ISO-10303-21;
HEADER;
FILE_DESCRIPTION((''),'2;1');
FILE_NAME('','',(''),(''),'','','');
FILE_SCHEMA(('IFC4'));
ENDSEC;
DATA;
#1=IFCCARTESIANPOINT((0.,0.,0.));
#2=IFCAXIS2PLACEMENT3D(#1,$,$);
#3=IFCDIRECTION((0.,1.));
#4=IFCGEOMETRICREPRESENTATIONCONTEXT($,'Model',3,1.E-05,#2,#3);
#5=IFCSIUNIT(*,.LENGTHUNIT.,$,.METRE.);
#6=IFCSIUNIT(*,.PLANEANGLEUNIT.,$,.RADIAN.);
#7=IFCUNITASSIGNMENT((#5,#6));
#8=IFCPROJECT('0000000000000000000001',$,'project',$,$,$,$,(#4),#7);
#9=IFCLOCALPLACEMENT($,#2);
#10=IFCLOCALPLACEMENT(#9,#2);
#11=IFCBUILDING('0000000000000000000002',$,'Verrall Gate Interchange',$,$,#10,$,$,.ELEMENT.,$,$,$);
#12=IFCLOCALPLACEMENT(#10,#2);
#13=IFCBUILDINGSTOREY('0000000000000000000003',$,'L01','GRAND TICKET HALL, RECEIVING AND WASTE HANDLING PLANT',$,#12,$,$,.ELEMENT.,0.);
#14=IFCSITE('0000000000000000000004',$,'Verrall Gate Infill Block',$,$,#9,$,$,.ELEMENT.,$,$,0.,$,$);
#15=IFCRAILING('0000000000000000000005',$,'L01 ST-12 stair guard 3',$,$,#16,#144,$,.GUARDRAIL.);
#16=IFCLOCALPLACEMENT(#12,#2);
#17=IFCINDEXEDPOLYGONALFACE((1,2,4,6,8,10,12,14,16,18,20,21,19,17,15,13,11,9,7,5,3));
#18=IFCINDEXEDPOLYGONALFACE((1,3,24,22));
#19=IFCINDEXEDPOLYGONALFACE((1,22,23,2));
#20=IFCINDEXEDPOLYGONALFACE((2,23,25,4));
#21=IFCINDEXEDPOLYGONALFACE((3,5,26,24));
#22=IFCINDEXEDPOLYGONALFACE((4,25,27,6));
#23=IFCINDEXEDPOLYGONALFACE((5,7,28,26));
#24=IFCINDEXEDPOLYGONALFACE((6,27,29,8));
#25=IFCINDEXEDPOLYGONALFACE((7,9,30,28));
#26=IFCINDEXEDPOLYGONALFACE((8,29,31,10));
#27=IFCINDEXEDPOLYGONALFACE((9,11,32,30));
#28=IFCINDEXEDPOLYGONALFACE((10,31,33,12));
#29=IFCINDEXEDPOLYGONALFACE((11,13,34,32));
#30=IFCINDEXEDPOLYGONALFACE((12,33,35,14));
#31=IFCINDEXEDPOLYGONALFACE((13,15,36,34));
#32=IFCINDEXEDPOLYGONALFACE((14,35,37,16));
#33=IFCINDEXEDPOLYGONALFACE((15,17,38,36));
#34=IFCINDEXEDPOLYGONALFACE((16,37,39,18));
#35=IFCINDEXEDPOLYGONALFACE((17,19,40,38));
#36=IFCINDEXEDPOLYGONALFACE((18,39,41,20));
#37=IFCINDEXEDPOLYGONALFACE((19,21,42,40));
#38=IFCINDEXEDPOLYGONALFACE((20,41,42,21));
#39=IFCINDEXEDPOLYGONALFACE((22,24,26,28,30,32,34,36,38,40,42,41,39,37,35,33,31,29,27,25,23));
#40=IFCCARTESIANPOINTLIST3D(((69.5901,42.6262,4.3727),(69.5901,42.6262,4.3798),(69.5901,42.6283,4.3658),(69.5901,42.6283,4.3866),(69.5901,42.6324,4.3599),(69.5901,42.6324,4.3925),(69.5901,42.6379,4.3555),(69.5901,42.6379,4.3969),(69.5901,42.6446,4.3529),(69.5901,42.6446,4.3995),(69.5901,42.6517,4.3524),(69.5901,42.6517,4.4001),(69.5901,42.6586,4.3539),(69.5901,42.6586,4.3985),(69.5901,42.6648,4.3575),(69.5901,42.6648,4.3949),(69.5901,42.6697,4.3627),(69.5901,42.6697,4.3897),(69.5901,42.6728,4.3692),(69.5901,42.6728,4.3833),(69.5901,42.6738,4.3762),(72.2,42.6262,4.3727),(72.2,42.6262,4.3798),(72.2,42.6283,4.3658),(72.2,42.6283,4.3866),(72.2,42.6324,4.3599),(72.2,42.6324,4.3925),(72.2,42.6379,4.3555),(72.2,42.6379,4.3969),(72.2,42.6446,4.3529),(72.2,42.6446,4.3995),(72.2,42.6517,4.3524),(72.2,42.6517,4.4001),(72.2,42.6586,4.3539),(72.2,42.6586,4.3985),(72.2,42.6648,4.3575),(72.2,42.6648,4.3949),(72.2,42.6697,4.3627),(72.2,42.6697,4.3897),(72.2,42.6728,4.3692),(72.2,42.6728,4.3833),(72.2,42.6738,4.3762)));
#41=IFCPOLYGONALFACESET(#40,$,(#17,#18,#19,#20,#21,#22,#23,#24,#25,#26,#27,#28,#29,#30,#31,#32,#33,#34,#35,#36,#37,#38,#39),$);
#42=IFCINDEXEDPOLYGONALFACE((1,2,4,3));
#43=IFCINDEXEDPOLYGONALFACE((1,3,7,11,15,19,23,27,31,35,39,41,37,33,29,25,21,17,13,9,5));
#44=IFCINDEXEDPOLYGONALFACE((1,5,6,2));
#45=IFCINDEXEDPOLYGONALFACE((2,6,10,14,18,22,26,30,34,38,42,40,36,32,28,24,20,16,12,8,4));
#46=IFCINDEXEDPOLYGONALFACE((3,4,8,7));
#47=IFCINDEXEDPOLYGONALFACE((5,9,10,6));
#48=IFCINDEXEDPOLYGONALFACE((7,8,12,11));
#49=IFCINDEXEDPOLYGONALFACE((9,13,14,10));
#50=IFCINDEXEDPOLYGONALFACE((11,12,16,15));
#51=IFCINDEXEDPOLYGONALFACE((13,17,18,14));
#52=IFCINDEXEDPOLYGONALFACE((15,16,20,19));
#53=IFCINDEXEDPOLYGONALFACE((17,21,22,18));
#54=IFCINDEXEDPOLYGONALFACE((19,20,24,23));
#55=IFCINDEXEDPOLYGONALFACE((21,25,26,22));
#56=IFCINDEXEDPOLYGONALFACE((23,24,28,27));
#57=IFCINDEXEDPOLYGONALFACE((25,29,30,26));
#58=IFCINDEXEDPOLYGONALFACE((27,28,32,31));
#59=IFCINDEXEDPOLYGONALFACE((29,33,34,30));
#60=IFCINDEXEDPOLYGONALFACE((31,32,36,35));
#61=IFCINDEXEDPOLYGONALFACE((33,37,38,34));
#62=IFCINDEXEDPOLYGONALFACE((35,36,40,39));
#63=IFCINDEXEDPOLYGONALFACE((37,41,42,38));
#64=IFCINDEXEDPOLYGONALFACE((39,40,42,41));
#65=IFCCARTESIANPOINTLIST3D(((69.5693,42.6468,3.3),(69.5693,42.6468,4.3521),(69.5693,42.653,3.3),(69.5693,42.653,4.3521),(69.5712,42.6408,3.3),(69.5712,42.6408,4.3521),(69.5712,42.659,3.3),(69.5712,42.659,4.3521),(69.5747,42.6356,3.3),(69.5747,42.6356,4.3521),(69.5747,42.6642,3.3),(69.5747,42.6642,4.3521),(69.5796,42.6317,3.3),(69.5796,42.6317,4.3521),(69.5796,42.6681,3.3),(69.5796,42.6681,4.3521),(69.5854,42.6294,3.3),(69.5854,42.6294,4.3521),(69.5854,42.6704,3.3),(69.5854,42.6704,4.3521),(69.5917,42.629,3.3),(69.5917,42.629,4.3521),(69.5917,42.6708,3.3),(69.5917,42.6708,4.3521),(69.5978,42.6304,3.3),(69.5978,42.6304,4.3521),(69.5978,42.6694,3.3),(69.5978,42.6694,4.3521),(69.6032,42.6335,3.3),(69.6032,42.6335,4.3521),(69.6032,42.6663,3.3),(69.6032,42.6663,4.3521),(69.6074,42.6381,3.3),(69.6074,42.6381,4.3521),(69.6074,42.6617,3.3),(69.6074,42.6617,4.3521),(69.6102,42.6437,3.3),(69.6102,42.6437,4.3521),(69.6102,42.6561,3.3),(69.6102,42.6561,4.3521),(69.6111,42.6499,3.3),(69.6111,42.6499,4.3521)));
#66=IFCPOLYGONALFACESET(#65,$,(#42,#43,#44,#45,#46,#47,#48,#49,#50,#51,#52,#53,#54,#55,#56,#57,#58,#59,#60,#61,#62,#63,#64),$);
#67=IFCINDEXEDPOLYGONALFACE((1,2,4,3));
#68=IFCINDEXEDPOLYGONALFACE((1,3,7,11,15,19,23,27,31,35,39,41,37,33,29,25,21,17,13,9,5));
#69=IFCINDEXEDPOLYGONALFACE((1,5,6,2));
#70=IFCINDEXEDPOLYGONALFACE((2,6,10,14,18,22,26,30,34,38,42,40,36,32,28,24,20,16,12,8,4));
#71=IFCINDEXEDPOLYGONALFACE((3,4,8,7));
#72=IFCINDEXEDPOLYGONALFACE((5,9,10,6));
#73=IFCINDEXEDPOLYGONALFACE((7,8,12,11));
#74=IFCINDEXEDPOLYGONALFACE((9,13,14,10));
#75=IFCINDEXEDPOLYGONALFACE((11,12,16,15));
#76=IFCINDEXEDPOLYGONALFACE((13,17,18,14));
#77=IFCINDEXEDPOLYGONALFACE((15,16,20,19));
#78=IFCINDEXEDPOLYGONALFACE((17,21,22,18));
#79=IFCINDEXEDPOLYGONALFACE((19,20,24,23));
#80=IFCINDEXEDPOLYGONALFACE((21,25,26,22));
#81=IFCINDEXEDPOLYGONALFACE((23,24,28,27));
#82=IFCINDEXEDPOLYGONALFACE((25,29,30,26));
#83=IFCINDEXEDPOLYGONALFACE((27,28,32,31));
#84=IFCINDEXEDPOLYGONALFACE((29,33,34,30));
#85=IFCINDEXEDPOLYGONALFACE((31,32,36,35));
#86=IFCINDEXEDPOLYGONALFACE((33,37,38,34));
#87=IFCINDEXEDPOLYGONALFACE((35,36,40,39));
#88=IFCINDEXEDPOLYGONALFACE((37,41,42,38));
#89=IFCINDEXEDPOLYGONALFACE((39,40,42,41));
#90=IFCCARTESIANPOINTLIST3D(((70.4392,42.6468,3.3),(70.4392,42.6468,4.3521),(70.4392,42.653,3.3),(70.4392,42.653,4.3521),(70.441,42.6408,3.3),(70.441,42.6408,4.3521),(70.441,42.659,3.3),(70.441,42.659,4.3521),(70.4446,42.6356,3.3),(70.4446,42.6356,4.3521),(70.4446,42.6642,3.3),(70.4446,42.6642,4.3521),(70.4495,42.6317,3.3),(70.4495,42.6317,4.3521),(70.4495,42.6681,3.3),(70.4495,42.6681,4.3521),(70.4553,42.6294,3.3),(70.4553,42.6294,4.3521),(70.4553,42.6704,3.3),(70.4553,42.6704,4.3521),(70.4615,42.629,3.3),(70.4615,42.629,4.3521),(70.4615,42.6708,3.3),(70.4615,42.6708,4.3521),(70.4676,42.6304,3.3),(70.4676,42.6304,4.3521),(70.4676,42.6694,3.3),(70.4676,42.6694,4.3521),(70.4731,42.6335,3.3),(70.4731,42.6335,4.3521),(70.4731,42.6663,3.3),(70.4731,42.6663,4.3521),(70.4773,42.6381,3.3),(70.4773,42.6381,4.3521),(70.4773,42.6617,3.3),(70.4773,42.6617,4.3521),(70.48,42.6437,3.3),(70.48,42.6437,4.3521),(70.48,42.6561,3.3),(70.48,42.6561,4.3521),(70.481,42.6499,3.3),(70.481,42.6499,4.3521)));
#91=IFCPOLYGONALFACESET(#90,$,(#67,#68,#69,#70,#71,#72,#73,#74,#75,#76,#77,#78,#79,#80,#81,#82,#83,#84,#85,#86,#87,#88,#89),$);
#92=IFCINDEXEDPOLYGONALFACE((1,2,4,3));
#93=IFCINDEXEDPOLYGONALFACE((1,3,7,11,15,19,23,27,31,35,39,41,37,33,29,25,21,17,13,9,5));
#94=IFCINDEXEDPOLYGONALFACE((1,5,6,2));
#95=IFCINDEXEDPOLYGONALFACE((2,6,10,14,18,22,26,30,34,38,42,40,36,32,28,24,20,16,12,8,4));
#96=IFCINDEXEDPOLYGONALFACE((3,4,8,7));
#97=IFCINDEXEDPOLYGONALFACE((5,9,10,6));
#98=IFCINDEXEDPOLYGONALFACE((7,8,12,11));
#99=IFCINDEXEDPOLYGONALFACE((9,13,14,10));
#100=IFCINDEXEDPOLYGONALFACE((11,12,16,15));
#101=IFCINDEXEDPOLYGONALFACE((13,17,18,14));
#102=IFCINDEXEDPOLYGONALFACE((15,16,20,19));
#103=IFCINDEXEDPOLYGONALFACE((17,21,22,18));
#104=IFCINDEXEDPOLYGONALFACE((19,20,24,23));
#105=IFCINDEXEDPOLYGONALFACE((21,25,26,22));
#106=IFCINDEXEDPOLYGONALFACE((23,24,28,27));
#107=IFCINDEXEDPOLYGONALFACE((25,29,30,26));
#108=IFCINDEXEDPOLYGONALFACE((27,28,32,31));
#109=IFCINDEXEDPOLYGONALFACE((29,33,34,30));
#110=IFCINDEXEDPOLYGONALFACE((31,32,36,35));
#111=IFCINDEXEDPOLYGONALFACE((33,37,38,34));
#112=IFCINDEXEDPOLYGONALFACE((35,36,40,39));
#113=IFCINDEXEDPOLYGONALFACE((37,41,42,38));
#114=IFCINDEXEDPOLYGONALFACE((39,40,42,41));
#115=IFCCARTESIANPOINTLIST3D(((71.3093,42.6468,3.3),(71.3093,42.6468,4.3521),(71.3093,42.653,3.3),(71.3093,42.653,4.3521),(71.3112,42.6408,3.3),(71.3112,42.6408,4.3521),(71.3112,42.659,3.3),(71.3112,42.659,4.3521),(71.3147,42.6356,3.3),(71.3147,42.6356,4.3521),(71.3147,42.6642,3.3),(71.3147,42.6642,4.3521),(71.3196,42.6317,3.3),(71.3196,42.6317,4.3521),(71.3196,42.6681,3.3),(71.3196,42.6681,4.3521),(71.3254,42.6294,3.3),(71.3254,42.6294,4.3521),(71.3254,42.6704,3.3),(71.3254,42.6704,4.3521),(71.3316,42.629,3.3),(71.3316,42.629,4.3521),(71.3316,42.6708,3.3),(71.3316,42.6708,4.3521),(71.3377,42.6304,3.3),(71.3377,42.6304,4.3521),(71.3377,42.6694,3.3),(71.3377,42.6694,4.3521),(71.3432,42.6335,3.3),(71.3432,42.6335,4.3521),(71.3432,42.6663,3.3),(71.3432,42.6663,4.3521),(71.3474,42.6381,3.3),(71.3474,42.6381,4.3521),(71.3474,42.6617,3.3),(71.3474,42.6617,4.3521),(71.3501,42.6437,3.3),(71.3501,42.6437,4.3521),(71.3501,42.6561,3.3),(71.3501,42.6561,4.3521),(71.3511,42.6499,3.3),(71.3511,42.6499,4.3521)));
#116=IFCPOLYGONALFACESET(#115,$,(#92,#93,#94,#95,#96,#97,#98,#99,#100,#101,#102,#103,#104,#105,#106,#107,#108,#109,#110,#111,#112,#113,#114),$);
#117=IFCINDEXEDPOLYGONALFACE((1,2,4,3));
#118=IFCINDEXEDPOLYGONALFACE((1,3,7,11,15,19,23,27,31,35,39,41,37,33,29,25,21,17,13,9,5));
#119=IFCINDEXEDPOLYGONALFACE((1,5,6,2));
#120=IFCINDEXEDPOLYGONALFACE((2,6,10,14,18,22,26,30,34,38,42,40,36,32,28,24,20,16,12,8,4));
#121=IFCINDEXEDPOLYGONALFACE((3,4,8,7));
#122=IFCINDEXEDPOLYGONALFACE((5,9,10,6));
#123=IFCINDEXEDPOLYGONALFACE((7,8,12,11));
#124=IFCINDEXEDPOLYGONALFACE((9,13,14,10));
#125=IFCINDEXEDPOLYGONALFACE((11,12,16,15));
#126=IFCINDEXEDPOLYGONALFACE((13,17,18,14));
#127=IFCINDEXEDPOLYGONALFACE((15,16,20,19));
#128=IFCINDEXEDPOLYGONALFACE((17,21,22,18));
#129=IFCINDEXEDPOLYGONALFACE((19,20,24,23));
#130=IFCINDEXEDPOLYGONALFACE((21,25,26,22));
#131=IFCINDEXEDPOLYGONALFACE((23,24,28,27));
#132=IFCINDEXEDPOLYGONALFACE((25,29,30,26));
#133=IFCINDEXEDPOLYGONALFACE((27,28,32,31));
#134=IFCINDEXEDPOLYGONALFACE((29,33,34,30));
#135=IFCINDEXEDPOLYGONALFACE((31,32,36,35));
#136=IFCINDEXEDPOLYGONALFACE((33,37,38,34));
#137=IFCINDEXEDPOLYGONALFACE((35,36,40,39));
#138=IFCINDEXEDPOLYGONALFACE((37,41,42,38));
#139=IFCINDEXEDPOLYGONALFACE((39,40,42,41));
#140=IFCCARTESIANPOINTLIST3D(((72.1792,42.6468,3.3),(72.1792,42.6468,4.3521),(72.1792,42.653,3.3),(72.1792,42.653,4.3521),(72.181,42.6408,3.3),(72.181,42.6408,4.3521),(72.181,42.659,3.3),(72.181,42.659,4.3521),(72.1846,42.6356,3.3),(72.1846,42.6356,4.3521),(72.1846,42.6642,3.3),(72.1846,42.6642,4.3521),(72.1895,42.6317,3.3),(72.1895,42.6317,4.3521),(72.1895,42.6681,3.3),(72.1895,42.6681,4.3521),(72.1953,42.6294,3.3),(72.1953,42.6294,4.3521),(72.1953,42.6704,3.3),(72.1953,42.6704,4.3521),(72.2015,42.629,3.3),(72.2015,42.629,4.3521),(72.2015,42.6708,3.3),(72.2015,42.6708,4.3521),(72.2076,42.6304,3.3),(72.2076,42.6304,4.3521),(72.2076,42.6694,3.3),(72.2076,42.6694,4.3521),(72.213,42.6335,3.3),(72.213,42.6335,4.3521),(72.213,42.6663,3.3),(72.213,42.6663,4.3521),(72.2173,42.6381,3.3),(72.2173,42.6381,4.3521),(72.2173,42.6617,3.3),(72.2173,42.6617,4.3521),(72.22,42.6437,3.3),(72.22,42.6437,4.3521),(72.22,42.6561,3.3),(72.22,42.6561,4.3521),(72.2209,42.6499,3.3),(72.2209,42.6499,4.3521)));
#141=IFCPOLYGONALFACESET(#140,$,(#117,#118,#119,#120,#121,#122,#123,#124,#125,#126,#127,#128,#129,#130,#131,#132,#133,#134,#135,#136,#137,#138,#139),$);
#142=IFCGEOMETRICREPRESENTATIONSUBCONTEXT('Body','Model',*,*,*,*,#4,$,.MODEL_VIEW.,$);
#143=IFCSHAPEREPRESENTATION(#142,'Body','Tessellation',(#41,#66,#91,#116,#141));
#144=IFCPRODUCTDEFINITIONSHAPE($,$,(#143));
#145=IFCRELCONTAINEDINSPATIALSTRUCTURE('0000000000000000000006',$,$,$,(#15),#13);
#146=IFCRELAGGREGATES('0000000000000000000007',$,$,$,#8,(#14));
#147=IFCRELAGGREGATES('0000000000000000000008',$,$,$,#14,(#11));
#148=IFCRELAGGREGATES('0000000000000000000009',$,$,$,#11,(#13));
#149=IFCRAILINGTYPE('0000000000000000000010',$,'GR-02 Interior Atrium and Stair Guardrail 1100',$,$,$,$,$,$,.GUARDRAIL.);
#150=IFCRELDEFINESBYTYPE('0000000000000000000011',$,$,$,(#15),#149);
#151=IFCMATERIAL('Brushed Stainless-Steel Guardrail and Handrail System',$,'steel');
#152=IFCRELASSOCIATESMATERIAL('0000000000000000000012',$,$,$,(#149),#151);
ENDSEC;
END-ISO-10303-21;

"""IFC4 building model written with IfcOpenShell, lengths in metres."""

from ifc_helpers import new_model, si_unit, direction, frame, origin, origin_2d, place, context, subcontext, project, spatial, circle, extrude, material, type_object, element, save


model = new_model("IFC4")

# Units and contexts
model_context = context("Model", 3, precision=1e-05, world=origin(), true_north=direction((0.0, 1.0)))
body_context = subcontext(model_context, "Body", "Model", "MODEL_VIEW")
ifc_project = project(units=[si_unit("LENGTHUNIT", "METRE"), si_unit("PLANEANGLEUNIT", "RADIAN")], contexts=[model_context])

# Site, building, storey
site_placement = place(None, origin())
site = spatial("IfcSite", under=ifc_project, at=site_placement, Name="Verrall Gate Infill Block", CompositionType="ELEMENT", RefElevation=0.0)
building_placement = place(site_placement, origin())
building = spatial("IfcBuilding", under=site, at=building_placement, Name="Verrall Gate Interchange", CompositionType="ELEMENT")
storey_placement = place(building_placement, origin())
storey = spatial("IfcBuildingStorey", under=building, at=storey_placement, Name="L01", Description="GRAND TICKET HALL, RECEIVING AND WASTE HANDLING PLANT", CompositionType="ELEMENT", Elevation=0.0)

# Railing
ifc_material_1 = material(Name="Brushed Stainless-Steel Guardrail and Handrail System", Category="steel")
railing_type_1 = type_object("IfcRailingType", Name="GR-02 Interior Atrium and Stair Guardrail 1100", PredefinedType="GUARDRAIL", material=ifc_material_1)
railing_1_placement = place(storey_placement, frame((69.5901, 42.6499, 3.3)))
element("IfcRailing", 1, at=railing_1_placement, inside=storey, type_object=railing_type_1, Name="L01 ST-12 stair guard 3", PredefinedType="GUARDRAIL", context=body_context, shape_type="SweptSolid", body=[
    extrude(circle(Radius=0.0239, at=origin_2d()), frame((0.0, 0.0, 1.0762), z_axis=(1.0, 0.0, 0.0), x_axis=(0.0, 1.0, 0.0)), (0.0, 0.0, 1.0), 2.6099),
    extrude(circle(Radius=0.021, at=origin_2d()), origin(), (0.0, 0.0, 1.0), 1.052),
    extrude(circle(Radius=0.021, at=origin_2d()), frame((0.8699, 0.0, 0.0)), (0.0, 0.0, 1.0), 1.052),
    extrude(circle(Radius=0.021, at=origin_2d()), frame((1.74, 0.0, 0.0)), (0.0, 0.0, 1.0), 1.052),
    extrude(circle(Radius=0.021, at=origin_2d()), frame((2.6099, 0.0, 0.0)), (0.0, 0.0, 1.0), 1.052),
])

save(model, "model.ifc")
